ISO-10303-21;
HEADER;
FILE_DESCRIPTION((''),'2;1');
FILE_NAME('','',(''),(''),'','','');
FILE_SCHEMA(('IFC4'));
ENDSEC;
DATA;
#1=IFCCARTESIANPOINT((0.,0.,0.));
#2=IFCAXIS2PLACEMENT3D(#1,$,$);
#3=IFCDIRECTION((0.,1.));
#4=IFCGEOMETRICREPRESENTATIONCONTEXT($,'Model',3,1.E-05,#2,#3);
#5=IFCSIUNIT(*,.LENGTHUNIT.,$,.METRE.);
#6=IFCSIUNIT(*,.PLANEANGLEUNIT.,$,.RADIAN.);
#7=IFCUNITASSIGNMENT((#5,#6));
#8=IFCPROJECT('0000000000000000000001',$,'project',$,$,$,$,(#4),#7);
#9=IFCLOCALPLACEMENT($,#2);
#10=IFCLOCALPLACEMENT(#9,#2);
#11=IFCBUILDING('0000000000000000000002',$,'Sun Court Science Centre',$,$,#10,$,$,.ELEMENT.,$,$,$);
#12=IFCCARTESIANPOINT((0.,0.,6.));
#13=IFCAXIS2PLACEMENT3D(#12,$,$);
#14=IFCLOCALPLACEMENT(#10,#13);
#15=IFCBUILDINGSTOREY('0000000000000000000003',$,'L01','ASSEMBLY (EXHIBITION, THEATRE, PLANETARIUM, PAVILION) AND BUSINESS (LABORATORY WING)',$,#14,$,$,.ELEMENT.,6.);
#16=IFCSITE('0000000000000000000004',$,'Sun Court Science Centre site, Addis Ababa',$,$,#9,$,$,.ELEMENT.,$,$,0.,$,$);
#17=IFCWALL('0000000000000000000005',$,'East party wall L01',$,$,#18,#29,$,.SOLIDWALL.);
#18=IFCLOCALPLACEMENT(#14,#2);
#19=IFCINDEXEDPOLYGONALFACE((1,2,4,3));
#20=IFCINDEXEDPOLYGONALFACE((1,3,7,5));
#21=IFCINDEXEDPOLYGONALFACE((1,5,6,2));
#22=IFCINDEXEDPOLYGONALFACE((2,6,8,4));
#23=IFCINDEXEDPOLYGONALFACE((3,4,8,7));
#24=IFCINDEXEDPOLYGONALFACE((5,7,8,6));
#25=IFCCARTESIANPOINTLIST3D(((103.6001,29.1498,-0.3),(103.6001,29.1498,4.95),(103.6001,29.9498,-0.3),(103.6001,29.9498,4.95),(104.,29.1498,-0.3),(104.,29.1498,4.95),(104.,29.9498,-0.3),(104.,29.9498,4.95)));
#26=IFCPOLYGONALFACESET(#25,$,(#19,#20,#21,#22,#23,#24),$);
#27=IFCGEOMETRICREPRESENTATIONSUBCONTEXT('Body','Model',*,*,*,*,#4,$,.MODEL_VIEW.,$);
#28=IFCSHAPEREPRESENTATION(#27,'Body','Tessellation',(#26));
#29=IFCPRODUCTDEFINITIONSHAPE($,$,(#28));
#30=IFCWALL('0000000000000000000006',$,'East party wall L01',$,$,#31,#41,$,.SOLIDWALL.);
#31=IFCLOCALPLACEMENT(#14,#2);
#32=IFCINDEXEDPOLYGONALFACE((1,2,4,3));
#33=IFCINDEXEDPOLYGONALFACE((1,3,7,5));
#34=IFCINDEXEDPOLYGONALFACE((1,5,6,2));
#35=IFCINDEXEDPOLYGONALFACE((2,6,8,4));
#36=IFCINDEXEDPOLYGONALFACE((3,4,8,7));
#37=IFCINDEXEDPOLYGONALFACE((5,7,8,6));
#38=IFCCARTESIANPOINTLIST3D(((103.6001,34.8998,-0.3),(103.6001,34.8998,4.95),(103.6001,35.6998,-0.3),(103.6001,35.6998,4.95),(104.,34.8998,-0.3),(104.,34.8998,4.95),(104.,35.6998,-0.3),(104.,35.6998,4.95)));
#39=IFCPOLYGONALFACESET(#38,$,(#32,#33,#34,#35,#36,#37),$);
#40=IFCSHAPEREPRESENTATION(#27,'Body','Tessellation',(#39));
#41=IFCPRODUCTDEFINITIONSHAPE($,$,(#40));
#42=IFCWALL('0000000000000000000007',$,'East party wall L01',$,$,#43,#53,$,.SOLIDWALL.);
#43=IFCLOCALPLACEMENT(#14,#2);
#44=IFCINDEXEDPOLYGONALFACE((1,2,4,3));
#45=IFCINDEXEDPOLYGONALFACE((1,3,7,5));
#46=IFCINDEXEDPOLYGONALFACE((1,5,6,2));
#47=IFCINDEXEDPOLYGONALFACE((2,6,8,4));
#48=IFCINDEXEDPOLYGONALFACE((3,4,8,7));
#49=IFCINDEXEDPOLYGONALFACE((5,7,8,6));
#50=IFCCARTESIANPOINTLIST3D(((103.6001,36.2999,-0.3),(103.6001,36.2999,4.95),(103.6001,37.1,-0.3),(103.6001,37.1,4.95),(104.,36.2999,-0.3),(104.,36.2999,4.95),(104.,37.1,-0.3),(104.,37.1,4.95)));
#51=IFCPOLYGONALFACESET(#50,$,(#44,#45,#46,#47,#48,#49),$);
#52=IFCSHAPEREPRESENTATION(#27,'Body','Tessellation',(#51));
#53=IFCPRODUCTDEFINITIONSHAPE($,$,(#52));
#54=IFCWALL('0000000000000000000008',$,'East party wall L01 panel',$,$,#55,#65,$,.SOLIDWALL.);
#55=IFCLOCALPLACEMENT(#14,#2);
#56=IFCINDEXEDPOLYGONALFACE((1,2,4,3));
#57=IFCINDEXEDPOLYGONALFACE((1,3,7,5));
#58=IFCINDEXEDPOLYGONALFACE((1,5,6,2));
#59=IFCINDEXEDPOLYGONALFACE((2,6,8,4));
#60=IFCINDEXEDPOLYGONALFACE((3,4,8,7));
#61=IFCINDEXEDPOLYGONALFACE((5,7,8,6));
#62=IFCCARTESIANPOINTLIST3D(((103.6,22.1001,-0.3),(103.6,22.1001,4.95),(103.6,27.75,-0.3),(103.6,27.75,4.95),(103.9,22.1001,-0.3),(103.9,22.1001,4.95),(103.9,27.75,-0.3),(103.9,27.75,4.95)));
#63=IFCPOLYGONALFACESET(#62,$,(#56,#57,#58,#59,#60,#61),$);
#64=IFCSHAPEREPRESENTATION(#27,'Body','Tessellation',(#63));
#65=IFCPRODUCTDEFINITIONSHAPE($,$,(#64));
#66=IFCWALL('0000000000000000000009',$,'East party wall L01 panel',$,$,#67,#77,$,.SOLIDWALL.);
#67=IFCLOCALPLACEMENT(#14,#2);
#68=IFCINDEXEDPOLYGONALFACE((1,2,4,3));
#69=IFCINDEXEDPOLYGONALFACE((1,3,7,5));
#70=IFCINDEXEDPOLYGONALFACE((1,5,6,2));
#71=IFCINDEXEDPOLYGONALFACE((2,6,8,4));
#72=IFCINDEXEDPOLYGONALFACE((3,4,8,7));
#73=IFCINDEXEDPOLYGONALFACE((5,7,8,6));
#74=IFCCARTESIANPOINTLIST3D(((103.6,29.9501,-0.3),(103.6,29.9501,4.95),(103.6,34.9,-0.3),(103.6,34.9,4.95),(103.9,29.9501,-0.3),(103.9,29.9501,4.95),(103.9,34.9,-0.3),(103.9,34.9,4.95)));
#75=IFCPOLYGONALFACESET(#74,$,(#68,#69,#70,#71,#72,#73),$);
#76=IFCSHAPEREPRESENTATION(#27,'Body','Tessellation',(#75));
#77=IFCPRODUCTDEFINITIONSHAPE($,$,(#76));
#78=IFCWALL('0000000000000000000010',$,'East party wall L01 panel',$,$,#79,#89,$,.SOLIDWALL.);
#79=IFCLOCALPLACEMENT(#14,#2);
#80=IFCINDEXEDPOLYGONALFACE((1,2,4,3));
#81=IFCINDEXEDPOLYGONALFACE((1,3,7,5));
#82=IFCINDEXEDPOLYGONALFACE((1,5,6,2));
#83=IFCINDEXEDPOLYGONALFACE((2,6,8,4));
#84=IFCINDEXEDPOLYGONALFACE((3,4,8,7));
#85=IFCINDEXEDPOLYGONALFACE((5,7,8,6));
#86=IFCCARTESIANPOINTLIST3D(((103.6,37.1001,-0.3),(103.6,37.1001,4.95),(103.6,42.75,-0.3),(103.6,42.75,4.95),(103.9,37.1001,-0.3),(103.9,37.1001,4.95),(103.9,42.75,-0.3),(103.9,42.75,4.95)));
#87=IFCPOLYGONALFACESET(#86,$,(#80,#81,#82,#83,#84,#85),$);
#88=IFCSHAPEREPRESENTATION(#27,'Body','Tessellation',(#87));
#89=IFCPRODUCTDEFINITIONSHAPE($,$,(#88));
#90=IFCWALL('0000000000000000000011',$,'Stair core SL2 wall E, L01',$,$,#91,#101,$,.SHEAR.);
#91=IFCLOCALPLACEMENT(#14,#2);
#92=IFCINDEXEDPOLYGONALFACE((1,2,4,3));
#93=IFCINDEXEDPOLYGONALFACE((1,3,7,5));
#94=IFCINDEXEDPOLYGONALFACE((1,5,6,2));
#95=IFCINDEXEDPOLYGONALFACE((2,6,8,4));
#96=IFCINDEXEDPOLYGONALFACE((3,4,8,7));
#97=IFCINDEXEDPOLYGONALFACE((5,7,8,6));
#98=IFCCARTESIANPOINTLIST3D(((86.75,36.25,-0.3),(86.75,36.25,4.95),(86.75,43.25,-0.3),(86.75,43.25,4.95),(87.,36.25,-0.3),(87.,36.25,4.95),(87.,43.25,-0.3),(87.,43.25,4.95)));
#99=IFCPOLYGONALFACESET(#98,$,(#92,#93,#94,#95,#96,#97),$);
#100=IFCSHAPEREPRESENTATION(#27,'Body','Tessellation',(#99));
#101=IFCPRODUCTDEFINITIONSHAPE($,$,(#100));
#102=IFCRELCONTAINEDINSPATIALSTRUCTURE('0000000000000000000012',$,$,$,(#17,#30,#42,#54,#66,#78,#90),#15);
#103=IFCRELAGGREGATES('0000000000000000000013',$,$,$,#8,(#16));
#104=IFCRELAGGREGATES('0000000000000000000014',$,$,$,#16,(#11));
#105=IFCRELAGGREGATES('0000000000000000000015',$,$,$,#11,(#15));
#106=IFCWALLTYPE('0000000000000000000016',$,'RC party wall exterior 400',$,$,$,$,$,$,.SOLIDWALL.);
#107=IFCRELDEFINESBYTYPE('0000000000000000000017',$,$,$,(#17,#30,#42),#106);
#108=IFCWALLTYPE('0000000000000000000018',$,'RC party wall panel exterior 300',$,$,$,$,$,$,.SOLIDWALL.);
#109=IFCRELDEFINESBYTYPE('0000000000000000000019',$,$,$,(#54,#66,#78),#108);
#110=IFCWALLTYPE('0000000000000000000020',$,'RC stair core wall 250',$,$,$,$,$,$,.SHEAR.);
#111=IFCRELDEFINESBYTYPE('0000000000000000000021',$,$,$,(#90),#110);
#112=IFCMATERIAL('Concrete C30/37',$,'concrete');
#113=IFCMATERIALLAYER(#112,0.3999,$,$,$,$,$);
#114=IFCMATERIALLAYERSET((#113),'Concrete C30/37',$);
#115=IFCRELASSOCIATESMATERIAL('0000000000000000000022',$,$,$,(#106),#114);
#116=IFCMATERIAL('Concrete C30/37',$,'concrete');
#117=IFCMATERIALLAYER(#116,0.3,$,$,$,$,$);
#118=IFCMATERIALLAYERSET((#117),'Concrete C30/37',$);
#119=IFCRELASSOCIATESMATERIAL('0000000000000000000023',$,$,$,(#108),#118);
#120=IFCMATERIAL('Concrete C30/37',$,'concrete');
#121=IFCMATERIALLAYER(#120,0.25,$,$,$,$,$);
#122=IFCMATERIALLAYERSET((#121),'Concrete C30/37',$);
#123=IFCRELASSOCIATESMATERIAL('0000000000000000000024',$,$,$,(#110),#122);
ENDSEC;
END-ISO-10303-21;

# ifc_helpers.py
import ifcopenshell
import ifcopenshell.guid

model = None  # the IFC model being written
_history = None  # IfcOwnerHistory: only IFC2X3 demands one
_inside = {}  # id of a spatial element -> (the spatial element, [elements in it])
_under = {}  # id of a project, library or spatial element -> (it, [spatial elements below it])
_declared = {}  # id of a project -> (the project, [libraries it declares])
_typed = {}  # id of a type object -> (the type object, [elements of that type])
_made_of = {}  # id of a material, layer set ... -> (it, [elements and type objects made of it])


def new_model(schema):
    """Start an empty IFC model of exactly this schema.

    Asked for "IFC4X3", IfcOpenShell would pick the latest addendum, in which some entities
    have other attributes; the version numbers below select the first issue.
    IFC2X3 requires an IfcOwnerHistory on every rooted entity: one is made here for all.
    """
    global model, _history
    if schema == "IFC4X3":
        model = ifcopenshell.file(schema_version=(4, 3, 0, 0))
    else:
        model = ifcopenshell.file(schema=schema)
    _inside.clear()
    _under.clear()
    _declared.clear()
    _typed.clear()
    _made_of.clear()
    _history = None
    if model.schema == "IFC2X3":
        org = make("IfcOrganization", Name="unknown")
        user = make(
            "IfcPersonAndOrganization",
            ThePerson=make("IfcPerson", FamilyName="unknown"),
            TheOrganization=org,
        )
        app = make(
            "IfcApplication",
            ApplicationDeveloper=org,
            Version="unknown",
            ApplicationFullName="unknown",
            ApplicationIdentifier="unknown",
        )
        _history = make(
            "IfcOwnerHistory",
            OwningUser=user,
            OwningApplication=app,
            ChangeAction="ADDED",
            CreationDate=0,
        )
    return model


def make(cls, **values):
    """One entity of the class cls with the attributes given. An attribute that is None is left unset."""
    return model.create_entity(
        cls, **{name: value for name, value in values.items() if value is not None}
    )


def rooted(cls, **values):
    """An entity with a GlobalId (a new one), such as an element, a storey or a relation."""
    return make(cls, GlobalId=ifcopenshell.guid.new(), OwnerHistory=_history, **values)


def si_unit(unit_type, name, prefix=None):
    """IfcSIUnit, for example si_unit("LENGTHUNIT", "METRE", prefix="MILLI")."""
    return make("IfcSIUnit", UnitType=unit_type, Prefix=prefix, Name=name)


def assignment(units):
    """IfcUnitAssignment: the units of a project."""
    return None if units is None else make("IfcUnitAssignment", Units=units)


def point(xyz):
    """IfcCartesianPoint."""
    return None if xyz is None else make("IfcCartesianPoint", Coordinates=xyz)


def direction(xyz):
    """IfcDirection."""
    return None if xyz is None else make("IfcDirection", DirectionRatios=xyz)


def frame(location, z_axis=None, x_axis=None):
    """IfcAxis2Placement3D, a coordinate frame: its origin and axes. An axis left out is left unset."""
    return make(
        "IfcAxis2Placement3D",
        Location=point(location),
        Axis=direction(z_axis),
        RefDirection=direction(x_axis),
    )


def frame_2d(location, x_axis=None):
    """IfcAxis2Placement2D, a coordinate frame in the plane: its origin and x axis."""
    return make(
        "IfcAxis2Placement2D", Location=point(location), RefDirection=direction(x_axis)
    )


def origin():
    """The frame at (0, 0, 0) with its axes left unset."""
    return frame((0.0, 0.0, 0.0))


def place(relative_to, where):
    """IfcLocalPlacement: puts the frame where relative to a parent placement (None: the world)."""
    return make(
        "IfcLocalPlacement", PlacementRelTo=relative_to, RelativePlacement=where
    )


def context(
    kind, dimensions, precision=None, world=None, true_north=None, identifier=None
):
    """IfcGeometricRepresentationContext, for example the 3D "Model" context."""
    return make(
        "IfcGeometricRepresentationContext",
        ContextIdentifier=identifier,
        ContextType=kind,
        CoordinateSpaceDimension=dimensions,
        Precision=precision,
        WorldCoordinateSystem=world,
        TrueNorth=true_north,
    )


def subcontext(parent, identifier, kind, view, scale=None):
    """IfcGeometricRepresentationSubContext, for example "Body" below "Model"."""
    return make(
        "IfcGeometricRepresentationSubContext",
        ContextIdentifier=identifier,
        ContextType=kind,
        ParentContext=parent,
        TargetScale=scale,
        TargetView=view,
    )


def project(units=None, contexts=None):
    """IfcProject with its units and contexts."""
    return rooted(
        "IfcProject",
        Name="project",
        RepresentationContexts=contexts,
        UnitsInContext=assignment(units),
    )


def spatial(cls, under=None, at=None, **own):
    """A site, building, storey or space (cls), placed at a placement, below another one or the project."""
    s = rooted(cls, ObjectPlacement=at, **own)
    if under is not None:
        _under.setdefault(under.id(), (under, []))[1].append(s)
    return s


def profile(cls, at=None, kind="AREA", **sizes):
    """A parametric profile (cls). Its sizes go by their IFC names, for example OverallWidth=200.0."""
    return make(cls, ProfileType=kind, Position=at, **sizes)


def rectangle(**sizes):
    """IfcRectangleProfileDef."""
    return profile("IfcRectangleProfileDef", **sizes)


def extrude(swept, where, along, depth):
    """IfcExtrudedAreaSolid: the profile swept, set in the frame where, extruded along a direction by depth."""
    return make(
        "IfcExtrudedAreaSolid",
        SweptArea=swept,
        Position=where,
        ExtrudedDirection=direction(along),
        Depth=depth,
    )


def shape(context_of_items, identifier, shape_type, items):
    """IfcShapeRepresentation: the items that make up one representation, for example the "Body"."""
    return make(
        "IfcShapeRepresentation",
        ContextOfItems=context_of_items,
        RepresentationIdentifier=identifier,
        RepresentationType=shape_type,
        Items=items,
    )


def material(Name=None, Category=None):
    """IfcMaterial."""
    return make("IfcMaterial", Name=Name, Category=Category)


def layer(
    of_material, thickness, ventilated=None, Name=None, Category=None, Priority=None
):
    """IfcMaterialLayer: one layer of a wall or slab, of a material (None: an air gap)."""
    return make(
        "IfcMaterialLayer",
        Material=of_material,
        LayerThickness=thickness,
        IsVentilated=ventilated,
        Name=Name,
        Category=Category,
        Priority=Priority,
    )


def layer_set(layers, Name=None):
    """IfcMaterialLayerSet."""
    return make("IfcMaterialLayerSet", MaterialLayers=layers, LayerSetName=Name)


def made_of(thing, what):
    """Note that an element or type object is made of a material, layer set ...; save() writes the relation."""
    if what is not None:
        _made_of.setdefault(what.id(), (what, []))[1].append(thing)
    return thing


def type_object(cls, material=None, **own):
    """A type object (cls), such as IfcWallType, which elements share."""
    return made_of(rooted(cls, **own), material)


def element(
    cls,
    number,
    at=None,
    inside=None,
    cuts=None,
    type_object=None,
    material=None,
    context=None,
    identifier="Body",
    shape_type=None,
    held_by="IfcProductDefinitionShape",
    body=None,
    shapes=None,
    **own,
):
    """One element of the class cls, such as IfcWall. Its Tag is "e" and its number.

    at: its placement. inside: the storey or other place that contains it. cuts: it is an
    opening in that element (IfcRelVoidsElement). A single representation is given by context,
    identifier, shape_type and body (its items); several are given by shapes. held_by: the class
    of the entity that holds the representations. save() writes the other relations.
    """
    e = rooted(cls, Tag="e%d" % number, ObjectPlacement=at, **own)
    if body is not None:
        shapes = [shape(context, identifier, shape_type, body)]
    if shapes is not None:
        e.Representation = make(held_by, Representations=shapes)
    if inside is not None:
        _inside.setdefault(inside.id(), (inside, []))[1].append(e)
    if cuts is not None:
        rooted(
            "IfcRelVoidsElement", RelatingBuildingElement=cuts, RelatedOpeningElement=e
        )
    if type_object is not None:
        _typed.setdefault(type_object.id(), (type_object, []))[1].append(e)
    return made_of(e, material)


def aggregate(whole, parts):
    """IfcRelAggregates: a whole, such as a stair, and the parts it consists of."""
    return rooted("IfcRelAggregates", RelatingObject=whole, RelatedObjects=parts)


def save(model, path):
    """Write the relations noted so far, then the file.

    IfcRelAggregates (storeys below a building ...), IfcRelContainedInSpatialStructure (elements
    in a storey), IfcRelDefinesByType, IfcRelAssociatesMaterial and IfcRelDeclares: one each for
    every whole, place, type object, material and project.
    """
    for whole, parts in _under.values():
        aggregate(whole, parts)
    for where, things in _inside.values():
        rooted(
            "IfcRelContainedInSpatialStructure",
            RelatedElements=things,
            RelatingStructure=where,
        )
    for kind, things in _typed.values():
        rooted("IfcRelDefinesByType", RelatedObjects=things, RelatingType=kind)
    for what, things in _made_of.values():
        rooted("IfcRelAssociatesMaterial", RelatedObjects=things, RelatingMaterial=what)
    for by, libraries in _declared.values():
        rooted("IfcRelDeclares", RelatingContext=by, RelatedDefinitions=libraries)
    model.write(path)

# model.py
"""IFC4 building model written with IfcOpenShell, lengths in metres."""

from ifc_helpers import new_model, si_unit, direction, frame, frame_2d, origin, place, context, subcontext, project, spatial, rectangle, extrude, material, layer, layer_set, type_object, element, save


model = new_model("IFC4")

# Units and contexts
model_context = context("Model", 3, precision=1e-05, world=origin(), true_north=direction((0.0, 1.0)))
body_context = subcontext(model_context, "Body", "Model", "MODEL_VIEW")
ifc_project = project(units=[si_unit("LENGTHUNIT", "METRE"), si_unit("PLANEANGLEUNIT", "RADIAN")], contexts=[model_context])

# Site, building, storey
site_placement = place(None, origin())
site = spatial("IfcSite", under=ifc_project, at=site_placement, Name="Sun Court Science Centre site, Addis Ababa", CompositionType="ELEMENT", RefElevation=0.0)
building_placement = place(site_placement, origin())
building = spatial("IfcBuilding", under=site, at=building_placement, Name="Sun Court Science Centre", CompositionType="ELEMENT")
storey_placement = place(building_placement, frame((0.0, 0.0, 6.0)))
storey = spatial("IfcBuildingStorey", under=building, at=storey_placement, Name="L01", Description="ASSEMBLY (EXHIBITION, THEATRE, PLANETARIUM, PAVILION) AND BUSINESS (LABORATORY WING)", CompositionType="ELEMENT", Elevation=6.0)

# Walls
ifc_material_1 = material(Name="Concrete C30/37", Category="concrete")
ifc_layer_1 = layer(ifc_material_1, 0.3999)
ifc_layer_set_1 = layer_set([ifc_layer_1], Name="Concrete C30/37")
wall_type_1 = type_object("IfcWallType", Name="RC party wall exterior 400", PredefinedType="SOLIDWALL", material=ifc_layer_set_1)
for number, where, z_axis, x_axis, name in (
    (1, (103.8, 29.1499, -0.3), (0.0, 0.0, 1.0), (0.0, 1.0, 0.0), "East party wall L01"),
    (2, (103.8, 34.8999, -0.3), (0.0, 0.0, 1.0), (0.0, 1.0, 0.0), "East party wall L01"),
    (3, (103.8, 36.3, -0.3), (0.0, 0.0, 1.0), (0.0, 1.0, 0.0), "East party wall L01"),
):
    element("IfcWall", number, at=place(storey_placement, frame(where, z_axis=z_axis, x_axis=x_axis)), inside=storey, type_object=wall_type_1, Name=name, PredefinedType="SOLIDWALL", context=body_context, shape_type="SweptSolid", body=[
        extrude(rectangle(XDim=0.8, YDim=0.3999, at=frame_2d((0.3999, 0.0))), origin(), (0.0, 0.0, 1.0), 5.25),
    ])
ifc_material_2 = material(Name="Concrete C30/37", Category="concrete")
ifc_layer_2 = layer(ifc_material_2, 0.3)
ifc_layer_set_2 = layer_set([ifc_layer_2], Name="Concrete C30/37")
wall_type_2 = type_object("IfcWallType", Name="RC party wall panel exterior 300", PredefinedType="SOLIDWALL", material=ifc_layer_set_2)
wall_1_placement = place(storey_placement, frame((103.75, 22.1001, -0.3), z_axis=(0.0, 0.0, 1.0), x_axis=(0.0, 1.0, 0.0)))
element("IfcWall", 4, at=wall_1_placement, inside=storey, type_object=wall_type_2, Name="East party wall L01 panel", PredefinedType="SOLIDWALL", context=body_context, shape_type="SweptSolid", body=[
    extrude(rectangle(XDim=5.6499, YDim=0.3, at=frame_2d((2.825, 0.0))), origin(), (0.0, 0.0, 1.0), 5.25),
])
wall_2_placement = place(storey_placement, frame((103.75, 29.95, -0.3), z_axis=(0.0, 0.0, 1.0), x_axis=(0.0, 1.0, 0.0)))
element("IfcWall", 5, at=wall_2_placement, inside=storey, type_object=wall_type_2, Name="East party wall L01 panel", PredefinedType="SOLIDWALL", context=body_context, shape_type="SweptSolid", body=[
    extrude(rectangle(XDim=4.95, YDim=0.3, at=frame_2d((2.4751, 0.0))), origin(), (0.0, 0.0, 1.0), 5.25),
])
wall_3_placement = place(storey_placement, frame((103.75, 37.1001, -0.3), z_axis=(0.0, 0.0, 1.0), x_axis=(0.0, 1.0, 0.0)))
element("IfcWall", 6, at=wall_3_placement, inside=storey, type_object=wall_type_2, Name="East party wall L01 panel", PredefinedType="SOLIDWALL", context=body_context, shape_type="SweptSolid", body=[
    extrude(rectangle(XDim=5.6499, YDim=0.3, at=frame_2d((2.825, 0.0))), origin(), (0.0, 0.0, 1.0), 5.25),
])
ifc_material_3 = material(Name="Concrete C30/37", Category="concrete")
ifc_layer_3 = layer(ifc_material_3, 0.25)
ifc_layer_set_3 = layer_set([ifc_layer_3], Name="Concrete C30/37")
wall_type_3 = type_object("IfcWallType", Name="RC stair core wall 250", PredefinedType="SHEAR", material=ifc_layer_set_3)
wall_4_placement = place(storey_placement, frame((86.875, 36.25, -0.3), z_axis=(0.0, 0.0, 1.0), x_axis=(0.0, 1.0, 0.0)))
element("IfcWall", 7, at=wall_4_placement, inside=storey, type_object=wall_type_3, Name="Stair core SL2 wall E, L01", PredefinedType="SHEAR", context=body_context, shape_type="SweptSolid", body=[
    extrude(rectangle(XDim=7.0, YDim=0.25, at=frame_2d((3.5, 0.0))), origin(), (0.0, 0.0, 1.0), 5.25),
])

save(model, "model.ifc")
